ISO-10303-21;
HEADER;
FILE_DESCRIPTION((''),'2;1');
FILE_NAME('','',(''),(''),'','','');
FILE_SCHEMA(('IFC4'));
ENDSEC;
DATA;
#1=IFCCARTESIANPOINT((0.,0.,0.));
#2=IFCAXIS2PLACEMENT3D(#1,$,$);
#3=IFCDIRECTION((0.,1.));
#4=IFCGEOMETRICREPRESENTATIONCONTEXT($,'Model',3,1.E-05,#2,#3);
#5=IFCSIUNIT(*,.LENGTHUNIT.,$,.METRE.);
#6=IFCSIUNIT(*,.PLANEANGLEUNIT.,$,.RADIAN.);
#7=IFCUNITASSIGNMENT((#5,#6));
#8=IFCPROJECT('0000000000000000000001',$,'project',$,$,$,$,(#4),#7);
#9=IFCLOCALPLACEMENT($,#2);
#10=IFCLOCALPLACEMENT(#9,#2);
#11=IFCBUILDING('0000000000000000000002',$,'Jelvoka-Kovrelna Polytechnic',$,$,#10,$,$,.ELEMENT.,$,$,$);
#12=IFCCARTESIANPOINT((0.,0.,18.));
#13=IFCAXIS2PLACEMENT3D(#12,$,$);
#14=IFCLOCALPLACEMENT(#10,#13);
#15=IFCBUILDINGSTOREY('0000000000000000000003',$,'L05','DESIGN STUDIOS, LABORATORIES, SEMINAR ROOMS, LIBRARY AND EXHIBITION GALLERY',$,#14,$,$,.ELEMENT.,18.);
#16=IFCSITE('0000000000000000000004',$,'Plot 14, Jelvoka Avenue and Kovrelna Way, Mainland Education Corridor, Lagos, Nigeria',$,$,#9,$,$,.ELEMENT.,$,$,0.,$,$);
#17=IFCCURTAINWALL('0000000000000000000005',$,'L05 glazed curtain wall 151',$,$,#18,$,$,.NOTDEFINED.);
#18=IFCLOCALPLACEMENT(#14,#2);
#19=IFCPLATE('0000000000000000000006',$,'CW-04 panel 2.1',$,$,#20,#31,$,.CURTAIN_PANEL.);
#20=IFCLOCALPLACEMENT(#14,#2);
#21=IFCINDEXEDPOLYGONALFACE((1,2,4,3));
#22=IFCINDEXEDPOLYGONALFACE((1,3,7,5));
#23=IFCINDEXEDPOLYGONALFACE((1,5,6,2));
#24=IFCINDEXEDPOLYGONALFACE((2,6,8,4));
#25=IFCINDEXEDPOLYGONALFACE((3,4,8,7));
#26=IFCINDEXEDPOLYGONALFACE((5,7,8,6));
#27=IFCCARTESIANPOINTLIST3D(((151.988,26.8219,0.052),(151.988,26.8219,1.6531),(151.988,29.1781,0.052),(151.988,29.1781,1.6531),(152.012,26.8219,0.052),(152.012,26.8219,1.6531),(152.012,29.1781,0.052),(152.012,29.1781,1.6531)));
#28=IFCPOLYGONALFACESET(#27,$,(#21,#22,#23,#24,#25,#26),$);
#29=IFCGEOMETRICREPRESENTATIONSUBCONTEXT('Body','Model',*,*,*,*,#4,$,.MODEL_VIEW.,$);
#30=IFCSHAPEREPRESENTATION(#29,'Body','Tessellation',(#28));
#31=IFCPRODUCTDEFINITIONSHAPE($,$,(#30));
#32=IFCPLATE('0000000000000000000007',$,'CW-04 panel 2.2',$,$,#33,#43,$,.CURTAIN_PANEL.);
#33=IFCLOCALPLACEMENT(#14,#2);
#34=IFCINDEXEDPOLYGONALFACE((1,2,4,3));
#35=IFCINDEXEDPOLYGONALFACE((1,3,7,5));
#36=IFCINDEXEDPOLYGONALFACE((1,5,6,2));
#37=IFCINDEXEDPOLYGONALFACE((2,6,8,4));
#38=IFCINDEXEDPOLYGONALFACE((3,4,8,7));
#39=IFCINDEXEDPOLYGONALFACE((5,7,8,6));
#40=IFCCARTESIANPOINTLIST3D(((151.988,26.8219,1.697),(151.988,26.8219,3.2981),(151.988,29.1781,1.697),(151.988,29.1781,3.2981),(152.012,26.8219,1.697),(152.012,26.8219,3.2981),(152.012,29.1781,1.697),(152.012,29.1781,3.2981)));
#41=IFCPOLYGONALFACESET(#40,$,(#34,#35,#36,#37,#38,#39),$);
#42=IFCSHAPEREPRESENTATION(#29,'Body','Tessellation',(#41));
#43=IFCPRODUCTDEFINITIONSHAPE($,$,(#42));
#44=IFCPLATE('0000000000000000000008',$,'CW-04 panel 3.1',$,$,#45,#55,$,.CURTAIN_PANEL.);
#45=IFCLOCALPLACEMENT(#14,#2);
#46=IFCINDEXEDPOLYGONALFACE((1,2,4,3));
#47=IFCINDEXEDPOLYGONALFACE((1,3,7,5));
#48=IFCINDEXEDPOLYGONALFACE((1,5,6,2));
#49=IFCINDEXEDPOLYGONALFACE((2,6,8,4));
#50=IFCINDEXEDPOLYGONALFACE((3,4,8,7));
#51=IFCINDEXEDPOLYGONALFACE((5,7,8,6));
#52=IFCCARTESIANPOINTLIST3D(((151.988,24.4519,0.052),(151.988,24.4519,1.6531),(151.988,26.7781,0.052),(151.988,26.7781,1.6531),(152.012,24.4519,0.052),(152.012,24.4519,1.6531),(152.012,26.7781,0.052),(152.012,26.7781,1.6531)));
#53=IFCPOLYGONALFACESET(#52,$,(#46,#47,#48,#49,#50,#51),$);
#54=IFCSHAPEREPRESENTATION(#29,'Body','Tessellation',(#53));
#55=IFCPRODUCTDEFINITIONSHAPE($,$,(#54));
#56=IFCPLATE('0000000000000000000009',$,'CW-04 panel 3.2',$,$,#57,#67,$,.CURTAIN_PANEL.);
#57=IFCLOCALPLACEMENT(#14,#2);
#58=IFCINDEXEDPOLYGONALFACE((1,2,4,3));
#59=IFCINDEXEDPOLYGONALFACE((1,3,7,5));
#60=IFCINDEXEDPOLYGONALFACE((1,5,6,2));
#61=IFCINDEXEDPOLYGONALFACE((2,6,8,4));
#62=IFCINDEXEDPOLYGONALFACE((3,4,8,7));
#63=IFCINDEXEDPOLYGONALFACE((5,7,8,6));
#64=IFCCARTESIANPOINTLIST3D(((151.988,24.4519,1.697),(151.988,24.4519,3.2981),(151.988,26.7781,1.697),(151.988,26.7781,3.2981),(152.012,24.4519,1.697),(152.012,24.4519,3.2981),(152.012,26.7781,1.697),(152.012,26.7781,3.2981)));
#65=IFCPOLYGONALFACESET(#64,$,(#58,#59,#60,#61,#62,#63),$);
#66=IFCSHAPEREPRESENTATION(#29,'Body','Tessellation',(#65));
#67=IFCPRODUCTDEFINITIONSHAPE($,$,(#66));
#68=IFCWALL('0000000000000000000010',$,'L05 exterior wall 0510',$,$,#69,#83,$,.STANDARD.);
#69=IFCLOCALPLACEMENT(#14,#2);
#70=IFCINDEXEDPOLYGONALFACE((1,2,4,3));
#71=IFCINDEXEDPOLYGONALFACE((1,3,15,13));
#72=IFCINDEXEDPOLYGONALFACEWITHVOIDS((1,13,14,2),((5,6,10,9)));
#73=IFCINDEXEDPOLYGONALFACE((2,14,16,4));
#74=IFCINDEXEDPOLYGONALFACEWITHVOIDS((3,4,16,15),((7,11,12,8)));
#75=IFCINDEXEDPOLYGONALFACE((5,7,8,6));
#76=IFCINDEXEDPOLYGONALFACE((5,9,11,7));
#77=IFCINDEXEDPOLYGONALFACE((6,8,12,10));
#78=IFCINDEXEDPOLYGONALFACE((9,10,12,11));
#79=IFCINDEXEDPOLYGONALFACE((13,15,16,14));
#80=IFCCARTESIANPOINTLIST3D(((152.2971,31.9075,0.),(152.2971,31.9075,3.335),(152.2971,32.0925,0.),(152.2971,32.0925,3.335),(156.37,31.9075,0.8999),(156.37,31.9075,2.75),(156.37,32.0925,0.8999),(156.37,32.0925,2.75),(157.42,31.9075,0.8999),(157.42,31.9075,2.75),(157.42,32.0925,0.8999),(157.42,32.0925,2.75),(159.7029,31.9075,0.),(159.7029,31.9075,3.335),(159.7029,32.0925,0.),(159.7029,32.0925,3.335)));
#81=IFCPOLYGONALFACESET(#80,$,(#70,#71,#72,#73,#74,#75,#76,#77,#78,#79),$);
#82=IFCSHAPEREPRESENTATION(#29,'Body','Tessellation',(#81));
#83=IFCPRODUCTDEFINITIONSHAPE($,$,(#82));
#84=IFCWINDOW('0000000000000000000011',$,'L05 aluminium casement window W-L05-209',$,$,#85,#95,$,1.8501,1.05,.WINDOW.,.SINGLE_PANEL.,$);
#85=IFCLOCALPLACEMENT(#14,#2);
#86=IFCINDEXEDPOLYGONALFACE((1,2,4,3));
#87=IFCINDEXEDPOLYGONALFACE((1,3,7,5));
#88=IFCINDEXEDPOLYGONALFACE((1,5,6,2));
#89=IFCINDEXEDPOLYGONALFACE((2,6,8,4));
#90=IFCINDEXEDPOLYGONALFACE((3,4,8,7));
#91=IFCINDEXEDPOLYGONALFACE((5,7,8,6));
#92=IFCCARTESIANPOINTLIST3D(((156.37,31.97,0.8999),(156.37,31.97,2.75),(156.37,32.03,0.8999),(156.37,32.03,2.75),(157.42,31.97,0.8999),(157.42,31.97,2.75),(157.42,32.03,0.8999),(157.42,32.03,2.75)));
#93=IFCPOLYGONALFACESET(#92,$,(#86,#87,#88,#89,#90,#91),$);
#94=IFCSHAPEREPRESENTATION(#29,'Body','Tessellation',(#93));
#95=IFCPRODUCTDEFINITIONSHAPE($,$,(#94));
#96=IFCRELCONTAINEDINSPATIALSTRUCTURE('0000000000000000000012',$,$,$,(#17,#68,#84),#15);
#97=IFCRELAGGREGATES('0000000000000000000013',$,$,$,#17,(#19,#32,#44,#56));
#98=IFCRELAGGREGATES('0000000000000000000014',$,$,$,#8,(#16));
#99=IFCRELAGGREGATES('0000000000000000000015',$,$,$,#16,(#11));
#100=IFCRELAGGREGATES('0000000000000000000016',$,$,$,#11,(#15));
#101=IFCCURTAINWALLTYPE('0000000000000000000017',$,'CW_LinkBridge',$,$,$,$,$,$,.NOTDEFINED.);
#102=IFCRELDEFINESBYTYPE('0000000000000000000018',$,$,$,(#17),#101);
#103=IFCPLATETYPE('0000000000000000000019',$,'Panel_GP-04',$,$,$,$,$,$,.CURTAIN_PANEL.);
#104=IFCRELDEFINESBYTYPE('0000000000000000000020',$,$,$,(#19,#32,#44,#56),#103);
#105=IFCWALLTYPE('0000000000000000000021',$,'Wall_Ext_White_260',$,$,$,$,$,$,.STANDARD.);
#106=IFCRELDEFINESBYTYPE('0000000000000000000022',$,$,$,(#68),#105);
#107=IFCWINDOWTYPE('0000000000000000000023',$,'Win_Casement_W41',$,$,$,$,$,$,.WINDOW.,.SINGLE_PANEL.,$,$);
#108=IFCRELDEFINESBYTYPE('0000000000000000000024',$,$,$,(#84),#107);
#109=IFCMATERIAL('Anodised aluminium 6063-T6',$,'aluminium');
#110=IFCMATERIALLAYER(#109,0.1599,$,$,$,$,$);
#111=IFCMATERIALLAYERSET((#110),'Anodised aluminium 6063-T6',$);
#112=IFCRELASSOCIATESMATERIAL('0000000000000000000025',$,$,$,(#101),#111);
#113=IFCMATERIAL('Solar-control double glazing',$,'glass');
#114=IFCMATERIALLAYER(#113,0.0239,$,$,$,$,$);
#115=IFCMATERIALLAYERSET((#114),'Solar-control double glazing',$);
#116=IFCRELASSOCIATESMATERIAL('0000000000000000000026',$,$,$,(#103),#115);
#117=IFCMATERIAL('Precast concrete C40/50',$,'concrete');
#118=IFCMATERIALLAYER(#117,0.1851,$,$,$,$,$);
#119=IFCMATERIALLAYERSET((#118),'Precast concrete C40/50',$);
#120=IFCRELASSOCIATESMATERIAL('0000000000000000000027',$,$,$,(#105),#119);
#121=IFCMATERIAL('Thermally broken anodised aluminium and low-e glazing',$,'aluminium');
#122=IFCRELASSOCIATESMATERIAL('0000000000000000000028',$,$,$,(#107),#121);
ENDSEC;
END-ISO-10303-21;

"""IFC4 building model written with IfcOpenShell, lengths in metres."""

from ifc_helpers import new_model, si_unit, direction, frame, frame_2d, origin, origin_2d, place, context, subcontext, project, spatial, rectangle, extrude, material, layer, layer_set, type_object, element, fill, aggregate, save


model = new_model("IFC4")

# Units and contexts
model_context = context("Model", 3, precision=1e-05, world=origin(), true_north=direction((0.0, 1.0)))
body_context = subcontext(model_context, "Body", "Model", "MODEL_VIEW")
ifc_project = project(units=[si_unit("LENGTHUNIT", "METRE"), si_unit("PLANEANGLEUNIT", "RADIAN")], contexts=[model_context])

# Site, building, storey
site_placement = place(None, origin())
site = spatial("IfcSite", under=ifc_project, at=site_placement, Name="Plot 14, Jelvoka Avenue and Kovrelna Way, Mainland Education Corridor, Lagos, Nigeria", CompositionType="ELEMENT", RefElevation=0.0)
building_placement = place(site_placement, origin())
building = spatial("IfcBuilding", under=site, at=building_placement, Name="Jelvoka-Kovrelna Polytechnic", CompositionType="ELEMENT")
storey_placement = place(building_placement, frame((0.0, 0.0, 18.0)))
storey = spatial("IfcBuildingStorey", under=building, at=storey_placement, Name="L05", Description="DESIGN STUDIOS, LABORATORIES, SEMINAR ROOMS, LIBRARY AND EXHIBITION GALLERY", CompositionType="ELEMENT", Elevation=18.0)

# Curtain wall
ifc_material_1 = material(Name="Anodised aluminium 6063-T6", Category="aluminium")
ifc_layer_1 = layer(ifc_material_1, 0.1599)
ifc_layer_set_1 = layer_set([ifc_layer_1], Name="Anodised aluminium 6063-T6")
curtain_wall_type = type_object("IfcCurtainWallType", Name="CW_LinkBridge", PredefinedType="NOTDEFINED", material=ifc_layer_set_1)
curtain_wall_placement = place(storey_placement, origin())
curtain_wall = element("IfcCurtainWall", 1, at=curtain_wall_placement, inside=storey, type_object=curtain_wall_type, Name="L05 glazed curtain wall 151", PredefinedType="NOTDEFINED")

# Plates
ifc_material_2 = material(Name="Solar-control double glazing", Category="glass")
ifc_layer_2 = layer(ifc_material_2, 0.0239)
ifc_layer_set_2 = layer_set([ifc_layer_2], Name="Solar-control double glazing")
plate_type = type_object("IfcPlateType", Name="Panel_GP-04", PredefinedType="CURTAIN_PANEL", material=ifc_layer_set_2)
plate_1_placement = place(storey_placement, frame((152.0, 28.0, 0.052), z_axis=(0.0, 0.0, 1.0), x_axis=(0.0, -1.0, 0.0)))
plate_1 = element("IfcPlate", 2, at=plate_1_placement, type_object=plate_type, Name="CW-04 panel 2.1", PredefinedType="CURTAIN_PANEL", context=body_context, shape_type="SweptSolid", body=[
    extrude(rectangle(XDim=2.3562, YDim=0.0239, at=origin_2d()), origin(), (0.0, 0.0, 1.0), 1.6011),
])
plate_2_placement = place(storey_placement, frame((152.0, 28.0, 1.697), z_axis=(0.0, 0.0, 1.0), x_axis=(0.0, -1.0, 0.0)))
plate_2 = element("IfcPlate", 3, at=plate_2_placement, type_object=plate_type, Name="CW-04 panel 2.2", PredefinedType="CURTAIN_PANEL", context=body_context, shape_type="SweptSolid", body=[
    extrude(rectangle(XDim=2.3562, YDim=0.0239, at=origin_2d()), origin(), (0.0, 0.0, 1.0), 1.6011),
])
plate_3_placement = place(storey_placement, frame((152.0, 25.615, 0.052), z_axis=(0.0, 0.0, 1.0), x_axis=(0.0, -1.0, 0.0)))
plate_3 = element("IfcPlate", 4, at=plate_3_placement, type_object=plate_type, Name="CW-04 panel 3.1", PredefinedType="CURTAIN_PANEL", context=body_context, shape_type="SweptSolid", body=[
    extrude(rectangle(XDim=2.3262, YDim=0.0239, at=origin_2d()), origin(), (0.0, 0.0, 1.0), 1.6011),
])
plate_4_placement = place(storey_placement, frame((152.0, 25.615, 1.697), z_axis=(0.0, 0.0, 1.0), x_axis=(0.0, -1.0, 0.0)))
plate_4 = element("IfcPlate", 5, at=plate_4_placement, type_object=plate_type, Name="CW-04 panel 3.2", PredefinedType="CURTAIN_PANEL", context=body_context, shape_type="SweptSolid", body=[
    extrude(rectangle(XDim=2.3262, YDim=0.0239, at=origin_2d()), origin(), (0.0, 0.0, 1.0), 1.6011),
])
aggregate(curtain_wall, [plate_1, plate_2, plate_3, plate_4])

# Wall, opening, window
ifc_material_3 = material(Name="Precast concrete C40/50", Category="concrete")
ifc_layer_3 = layer(ifc_material_3, 0.1851)
ifc_layer_set_3 = layer_set([ifc_layer_3], Name="Precast concrete C40/50")
wall_type = type_object("IfcWallType", Name="Wall_Ext_White_260", PredefinedType="STANDARD", material=ifc_layer_set_3)
wall_placement = place(storey_placement, frame((159.7029, 32.0, 0.0), z_axis=(0.0, 0.0, 1.0), x_axis=(-1.0, 0.0, 0.0)))
wall = element("IfcWall", 6, at=wall_placement, inside=storey, type_object=wall_type, Name="L05 exterior wall 0510", PredefinedType="STANDARD", context=body_context, shape_type="SweptSolid", body=[
    extrude(rectangle(XDim=7.4058, YDim=0.1851, at=frame_2d((3.7029, 0.0))), origin(), (0.0, 0.0, 1.0), 3.335),
])
opening_placement = place(wall_placement, frame((2.283, 0.0, 0.8999)))
opening = element("IfcOpeningElement", 7, at=opening_placement, cuts=wall, PredefinedType="OPENING", context=body_context, shape_type="SweptSolid", body=[
    extrude(rectangle(XDim=1.05, YDim=1.8501, at=frame_2d((0.5249, 0.925))), frame((0.0, 0.1025, 0.0), z_axis=(0.0, -1.0, 0.0), x_axis=(1.0, 0.0, 0.0)), (0.0, 0.0, 1.0), 0.2051),
])
ifc_material_4 = material(Name="Thermally broken anodised aluminium and low-e glazing", Category="aluminium")
window_type = type_object("IfcWindowType", Name="Win_Casement_W41", PartitioningType="SINGLE_PANEL", PredefinedType="WINDOW", material=ifc_material_4)
window_placement = place(opening_placement, origin())
window = element("IfcWindow", 8, at=window_placement, inside=storey, type_object=window_type, Name="L05 aluminium casement window W-L05-209", OverallHeight=1.8501, OverallWidth=1.05, PartitioningType="SINGLE_PANEL", PredefinedType="WINDOW", context=body_context, shape_type="SweptSolid", body=[
    extrude(rectangle(XDim=1.05, YDim=1.8501, at=frame_2d((0.5249, 0.925))), frame((0.0, 0.03, 0.0), z_axis=(0.0, -1.0, 0.0), x_axis=(1.0, 0.0, 0.0)), (0.0, 0.0, 1.0), 0.0601),
])
fill(opening, window)

save(model, "model.ifc")
